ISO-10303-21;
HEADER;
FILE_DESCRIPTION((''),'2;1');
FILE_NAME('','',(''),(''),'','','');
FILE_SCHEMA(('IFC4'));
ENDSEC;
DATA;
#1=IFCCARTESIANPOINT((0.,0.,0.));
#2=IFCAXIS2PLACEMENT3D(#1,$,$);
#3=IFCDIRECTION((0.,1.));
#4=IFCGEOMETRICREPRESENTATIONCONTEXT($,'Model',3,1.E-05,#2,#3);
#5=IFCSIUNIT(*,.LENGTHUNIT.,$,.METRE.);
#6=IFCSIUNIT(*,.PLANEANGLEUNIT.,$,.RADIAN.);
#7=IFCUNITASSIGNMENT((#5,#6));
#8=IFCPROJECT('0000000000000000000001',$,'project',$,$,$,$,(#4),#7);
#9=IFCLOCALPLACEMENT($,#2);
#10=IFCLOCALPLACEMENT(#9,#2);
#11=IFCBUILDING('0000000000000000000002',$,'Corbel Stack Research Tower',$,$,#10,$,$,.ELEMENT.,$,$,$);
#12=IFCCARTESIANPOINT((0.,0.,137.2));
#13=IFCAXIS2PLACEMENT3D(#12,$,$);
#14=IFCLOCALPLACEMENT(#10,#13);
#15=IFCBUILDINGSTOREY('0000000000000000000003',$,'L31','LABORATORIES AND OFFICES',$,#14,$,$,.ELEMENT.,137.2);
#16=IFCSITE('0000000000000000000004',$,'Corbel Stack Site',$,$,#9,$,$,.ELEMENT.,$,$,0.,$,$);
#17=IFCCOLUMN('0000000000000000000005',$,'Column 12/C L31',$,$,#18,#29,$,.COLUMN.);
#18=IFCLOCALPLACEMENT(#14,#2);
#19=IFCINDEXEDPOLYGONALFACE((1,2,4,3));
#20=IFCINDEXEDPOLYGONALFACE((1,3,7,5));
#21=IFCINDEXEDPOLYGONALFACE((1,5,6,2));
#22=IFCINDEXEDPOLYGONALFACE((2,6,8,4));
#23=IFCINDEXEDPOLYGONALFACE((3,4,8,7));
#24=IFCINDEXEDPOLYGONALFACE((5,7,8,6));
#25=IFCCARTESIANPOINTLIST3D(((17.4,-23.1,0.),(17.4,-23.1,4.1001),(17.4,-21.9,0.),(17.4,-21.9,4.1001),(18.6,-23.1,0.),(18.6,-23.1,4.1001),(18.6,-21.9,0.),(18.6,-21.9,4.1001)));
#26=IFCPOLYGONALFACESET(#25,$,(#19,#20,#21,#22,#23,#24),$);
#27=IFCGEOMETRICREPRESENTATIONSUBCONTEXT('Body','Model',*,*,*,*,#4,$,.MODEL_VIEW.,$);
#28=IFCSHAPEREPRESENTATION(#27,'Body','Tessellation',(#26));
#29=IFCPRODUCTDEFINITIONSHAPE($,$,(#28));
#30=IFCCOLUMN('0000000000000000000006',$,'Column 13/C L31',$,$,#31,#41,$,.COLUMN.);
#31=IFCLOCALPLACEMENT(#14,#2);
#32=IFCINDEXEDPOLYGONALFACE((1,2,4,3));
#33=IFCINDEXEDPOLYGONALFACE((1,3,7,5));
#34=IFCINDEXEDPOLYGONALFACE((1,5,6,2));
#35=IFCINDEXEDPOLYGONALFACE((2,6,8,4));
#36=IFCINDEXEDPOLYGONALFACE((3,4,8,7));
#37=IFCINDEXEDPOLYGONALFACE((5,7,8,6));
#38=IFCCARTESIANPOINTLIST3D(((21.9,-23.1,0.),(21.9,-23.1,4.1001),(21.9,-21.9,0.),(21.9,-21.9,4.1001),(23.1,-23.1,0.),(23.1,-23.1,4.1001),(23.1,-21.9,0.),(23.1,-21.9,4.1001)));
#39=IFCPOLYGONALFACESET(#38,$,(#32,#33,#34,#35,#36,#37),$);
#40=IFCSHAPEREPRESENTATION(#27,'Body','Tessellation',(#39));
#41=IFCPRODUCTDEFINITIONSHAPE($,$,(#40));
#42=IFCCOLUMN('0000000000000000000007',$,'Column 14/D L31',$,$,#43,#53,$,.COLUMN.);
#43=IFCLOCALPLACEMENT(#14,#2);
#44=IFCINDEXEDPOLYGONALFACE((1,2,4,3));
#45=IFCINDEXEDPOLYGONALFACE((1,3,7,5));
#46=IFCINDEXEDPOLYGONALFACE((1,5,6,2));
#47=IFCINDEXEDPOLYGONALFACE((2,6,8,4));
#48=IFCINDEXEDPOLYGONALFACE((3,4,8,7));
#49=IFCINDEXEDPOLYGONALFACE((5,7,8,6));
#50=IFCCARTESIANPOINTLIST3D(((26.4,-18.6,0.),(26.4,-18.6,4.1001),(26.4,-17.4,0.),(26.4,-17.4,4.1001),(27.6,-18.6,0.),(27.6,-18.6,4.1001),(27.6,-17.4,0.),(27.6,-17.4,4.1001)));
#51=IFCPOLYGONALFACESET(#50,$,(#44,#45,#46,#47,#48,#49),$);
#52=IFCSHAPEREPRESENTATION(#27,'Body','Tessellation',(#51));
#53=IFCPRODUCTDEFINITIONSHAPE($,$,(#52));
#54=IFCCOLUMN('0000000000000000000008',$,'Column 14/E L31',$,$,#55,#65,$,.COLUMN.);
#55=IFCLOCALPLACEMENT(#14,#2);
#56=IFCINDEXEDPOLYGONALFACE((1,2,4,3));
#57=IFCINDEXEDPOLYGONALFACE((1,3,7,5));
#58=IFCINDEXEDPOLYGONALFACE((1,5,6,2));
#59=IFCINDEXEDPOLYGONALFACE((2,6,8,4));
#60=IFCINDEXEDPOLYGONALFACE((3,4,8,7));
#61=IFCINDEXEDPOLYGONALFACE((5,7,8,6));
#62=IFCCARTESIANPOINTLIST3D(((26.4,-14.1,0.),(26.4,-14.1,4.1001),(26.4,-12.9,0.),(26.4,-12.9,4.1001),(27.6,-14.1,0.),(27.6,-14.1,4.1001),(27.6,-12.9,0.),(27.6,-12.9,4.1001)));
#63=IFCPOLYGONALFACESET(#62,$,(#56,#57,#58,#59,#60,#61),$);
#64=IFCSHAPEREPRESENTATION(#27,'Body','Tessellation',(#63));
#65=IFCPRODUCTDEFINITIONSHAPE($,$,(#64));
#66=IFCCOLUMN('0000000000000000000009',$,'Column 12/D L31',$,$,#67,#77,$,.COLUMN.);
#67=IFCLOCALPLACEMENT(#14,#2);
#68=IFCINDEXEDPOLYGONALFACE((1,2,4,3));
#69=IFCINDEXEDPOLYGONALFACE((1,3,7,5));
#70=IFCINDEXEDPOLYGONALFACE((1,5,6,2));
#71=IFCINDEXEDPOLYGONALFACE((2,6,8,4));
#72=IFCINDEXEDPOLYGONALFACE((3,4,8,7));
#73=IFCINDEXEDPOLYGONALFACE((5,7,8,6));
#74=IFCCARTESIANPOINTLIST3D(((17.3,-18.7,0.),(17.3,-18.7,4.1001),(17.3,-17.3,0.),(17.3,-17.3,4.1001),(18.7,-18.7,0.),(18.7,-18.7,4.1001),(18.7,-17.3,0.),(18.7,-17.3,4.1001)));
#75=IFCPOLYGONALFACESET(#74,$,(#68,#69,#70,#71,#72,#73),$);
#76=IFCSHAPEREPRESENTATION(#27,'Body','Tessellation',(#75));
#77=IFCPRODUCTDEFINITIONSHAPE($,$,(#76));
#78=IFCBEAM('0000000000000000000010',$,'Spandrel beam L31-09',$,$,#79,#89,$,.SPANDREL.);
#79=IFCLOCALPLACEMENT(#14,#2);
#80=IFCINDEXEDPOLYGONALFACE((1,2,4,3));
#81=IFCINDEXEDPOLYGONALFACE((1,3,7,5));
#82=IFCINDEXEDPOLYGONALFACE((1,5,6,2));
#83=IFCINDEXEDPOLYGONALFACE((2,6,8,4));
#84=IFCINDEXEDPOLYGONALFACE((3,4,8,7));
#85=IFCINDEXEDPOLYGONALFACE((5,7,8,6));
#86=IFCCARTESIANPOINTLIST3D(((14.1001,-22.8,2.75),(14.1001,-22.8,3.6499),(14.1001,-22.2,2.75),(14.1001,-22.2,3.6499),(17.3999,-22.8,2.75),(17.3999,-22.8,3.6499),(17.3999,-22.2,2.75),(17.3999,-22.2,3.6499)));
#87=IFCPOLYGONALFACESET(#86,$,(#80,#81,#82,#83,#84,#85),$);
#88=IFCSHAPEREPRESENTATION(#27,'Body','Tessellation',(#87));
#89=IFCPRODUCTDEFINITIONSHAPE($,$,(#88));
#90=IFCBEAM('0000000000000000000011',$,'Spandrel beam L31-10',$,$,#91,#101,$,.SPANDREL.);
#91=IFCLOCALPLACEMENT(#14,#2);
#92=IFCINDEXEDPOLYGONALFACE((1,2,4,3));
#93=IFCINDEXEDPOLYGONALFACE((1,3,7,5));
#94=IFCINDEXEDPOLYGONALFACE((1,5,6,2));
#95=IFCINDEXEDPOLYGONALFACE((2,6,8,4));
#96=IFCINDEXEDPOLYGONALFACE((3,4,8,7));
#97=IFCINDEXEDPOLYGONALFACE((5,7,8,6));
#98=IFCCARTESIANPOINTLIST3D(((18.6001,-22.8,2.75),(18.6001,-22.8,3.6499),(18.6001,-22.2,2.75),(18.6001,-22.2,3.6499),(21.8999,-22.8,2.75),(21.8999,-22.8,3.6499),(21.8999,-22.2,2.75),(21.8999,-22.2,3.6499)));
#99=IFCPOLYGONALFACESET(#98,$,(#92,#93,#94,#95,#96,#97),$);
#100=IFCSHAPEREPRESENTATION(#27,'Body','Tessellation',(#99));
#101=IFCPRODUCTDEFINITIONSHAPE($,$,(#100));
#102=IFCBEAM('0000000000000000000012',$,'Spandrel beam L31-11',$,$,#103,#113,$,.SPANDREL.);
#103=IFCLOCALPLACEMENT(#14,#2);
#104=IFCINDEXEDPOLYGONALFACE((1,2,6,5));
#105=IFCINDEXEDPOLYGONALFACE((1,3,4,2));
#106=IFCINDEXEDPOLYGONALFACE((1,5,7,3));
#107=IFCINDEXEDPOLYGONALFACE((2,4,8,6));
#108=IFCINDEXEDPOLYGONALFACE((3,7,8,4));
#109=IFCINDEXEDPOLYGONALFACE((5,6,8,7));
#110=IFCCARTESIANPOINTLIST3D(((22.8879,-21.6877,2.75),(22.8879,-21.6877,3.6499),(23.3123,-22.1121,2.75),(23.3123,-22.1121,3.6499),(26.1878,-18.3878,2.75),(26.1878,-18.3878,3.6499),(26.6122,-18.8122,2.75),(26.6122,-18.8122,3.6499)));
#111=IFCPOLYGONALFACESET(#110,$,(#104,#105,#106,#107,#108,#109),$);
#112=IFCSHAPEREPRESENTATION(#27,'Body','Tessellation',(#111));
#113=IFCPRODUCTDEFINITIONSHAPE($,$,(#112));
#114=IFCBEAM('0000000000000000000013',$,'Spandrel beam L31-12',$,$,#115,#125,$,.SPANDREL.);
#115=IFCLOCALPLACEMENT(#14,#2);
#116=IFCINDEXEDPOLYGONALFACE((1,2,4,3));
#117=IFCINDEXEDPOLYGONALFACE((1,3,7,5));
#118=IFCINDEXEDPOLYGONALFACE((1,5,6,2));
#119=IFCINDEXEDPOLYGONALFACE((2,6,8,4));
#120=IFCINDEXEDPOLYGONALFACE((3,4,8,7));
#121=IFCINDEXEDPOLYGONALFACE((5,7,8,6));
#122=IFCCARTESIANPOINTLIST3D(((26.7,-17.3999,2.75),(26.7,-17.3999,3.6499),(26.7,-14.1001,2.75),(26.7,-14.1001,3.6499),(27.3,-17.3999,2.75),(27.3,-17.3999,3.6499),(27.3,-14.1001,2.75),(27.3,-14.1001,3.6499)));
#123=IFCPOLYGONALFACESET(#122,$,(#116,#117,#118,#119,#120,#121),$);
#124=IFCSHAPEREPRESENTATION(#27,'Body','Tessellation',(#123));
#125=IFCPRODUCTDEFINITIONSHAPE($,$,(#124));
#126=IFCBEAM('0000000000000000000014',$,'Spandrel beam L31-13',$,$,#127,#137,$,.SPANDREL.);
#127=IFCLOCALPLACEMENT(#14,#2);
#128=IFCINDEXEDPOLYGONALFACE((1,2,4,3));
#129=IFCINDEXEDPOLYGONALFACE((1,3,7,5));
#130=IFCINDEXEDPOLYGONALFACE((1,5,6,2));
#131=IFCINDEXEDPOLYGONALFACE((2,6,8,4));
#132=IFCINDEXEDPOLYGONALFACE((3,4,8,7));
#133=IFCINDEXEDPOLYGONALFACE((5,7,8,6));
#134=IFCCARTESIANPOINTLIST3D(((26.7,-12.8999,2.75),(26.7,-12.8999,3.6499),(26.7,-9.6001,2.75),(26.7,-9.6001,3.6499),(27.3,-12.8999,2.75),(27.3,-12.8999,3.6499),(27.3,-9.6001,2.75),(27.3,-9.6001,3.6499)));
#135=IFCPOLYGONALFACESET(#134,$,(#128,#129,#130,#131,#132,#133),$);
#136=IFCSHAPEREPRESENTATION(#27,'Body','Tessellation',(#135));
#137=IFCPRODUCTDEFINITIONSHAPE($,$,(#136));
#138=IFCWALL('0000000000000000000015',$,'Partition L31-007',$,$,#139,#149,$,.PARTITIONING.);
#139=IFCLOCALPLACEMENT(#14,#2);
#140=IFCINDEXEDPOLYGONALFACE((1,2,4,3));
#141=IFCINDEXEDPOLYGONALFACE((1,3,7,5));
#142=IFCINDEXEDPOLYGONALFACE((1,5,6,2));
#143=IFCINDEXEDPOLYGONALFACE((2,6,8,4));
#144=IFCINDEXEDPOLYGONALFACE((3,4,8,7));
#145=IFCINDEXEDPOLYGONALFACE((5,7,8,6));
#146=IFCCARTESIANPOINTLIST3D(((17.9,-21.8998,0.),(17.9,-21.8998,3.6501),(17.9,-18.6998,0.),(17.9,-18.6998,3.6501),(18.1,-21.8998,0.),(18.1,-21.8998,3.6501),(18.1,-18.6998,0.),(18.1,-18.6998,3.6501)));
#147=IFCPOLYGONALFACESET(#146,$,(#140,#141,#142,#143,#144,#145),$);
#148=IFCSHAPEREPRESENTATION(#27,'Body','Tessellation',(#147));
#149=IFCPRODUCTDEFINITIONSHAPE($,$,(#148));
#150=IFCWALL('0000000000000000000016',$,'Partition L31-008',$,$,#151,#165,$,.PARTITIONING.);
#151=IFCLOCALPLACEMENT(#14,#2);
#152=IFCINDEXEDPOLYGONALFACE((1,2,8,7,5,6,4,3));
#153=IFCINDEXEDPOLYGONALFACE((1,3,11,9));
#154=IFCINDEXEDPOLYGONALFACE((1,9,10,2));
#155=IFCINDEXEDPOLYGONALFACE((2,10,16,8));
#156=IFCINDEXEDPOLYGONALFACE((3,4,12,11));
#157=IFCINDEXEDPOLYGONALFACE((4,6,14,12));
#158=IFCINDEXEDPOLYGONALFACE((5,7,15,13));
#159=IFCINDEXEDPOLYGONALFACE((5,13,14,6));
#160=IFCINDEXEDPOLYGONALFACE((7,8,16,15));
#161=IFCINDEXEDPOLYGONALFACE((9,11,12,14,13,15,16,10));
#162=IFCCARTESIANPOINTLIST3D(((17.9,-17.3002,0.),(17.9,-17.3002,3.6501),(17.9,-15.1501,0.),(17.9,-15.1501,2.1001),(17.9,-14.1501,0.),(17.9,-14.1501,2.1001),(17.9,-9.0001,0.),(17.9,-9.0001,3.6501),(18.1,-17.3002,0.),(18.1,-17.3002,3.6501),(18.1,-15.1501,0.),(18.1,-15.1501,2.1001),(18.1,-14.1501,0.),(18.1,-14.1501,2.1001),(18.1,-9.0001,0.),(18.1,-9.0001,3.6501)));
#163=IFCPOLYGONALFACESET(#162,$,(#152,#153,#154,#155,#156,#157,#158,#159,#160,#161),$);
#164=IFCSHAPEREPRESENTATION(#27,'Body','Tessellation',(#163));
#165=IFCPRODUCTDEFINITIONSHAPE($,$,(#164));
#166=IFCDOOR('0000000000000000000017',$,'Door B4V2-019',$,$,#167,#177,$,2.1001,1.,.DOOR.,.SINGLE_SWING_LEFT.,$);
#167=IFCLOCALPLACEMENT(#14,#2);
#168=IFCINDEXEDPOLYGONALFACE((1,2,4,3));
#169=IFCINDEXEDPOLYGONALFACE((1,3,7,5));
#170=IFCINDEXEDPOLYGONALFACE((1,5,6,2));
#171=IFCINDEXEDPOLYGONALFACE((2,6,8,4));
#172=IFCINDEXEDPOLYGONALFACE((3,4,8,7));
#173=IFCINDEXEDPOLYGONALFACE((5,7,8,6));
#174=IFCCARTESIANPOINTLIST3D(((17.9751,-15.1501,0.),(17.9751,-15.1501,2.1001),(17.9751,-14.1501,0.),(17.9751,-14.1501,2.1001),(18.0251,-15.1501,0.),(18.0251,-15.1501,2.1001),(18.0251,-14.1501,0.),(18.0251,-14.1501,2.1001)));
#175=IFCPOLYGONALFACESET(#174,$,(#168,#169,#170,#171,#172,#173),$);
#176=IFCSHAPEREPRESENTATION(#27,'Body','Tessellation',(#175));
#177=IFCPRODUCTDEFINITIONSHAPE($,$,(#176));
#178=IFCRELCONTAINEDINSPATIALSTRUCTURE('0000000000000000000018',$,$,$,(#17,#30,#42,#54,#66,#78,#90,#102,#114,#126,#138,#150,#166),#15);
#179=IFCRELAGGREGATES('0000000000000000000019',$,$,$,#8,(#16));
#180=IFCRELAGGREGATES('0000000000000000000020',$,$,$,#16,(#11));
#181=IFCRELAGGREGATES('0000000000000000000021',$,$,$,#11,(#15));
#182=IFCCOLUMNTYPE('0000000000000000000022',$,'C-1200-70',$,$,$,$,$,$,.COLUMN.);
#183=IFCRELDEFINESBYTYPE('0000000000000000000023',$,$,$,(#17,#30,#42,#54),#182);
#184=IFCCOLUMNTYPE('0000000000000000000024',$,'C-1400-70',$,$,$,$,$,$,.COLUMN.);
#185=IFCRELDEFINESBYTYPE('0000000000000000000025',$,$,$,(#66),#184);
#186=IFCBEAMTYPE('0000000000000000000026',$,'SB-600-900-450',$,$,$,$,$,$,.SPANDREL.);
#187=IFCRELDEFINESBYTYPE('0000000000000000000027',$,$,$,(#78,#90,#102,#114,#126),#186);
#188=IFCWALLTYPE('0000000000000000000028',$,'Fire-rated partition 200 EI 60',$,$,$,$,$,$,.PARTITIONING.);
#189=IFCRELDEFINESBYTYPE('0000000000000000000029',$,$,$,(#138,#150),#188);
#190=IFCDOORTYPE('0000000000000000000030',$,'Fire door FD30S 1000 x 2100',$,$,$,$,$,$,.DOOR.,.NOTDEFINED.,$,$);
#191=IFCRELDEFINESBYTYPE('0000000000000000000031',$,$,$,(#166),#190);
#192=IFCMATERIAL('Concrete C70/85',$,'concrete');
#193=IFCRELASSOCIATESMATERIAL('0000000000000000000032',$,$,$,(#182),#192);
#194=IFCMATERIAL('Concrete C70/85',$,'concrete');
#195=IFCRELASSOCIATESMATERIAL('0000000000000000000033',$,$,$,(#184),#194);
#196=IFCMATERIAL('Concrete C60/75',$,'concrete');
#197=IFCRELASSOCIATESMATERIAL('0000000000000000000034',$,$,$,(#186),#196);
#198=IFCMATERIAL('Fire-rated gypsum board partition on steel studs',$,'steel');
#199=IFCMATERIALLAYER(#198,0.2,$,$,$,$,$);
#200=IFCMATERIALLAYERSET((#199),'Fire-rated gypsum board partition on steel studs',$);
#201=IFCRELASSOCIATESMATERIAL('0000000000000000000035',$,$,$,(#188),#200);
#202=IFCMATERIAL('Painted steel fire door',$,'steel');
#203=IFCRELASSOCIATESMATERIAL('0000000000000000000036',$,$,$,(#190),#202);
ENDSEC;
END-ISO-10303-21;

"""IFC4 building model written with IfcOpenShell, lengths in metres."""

from ifc_helpers import new_model, si_unit, direction, frame, frame_2d, origin, origin_2d, place, context, subcontext, project, spatial, rectangle, extrude, material, layer, layer_set, material_profile, profile_set, type_object, element, fill, save


model = new_model("IFC4")

# Units and contexts
model_context = context("Model", 3, precision=1e-05, world=origin(), true_north=direction((0.0, 1.0)))
body_context = subcontext(model_context, "Body", "Model", "MODEL_VIEW")
ifc_project = project(units=[si_unit("LENGTHUNIT", "METRE"), si_unit("PLANEANGLEUNIT", "RADIAN")], contexts=[model_context])

# Site, building, storey
site_placement = place(None, origin())
site = spatial("IfcSite", under=ifc_project, at=site_placement, Name="Corbel Stack Site", CompositionType="ELEMENT", RefElevation=0.0)
building_placement = place(site_placement, origin())
building = spatial("IfcBuilding", under=site, at=building_placement, Name="Corbel Stack Research Tower", CompositionType="ELEMENT")
storey_placement = place(building_placement, frame((0.0, 0.0, 137.2)))
storey = spatial("IfcBuildingStorey", under=building, at=storey_placement, Name="L31", Description="LABORATORIES AND OFFICES", CompositionType="ELEMENT", Elevation=137.2)

# Columns
ifc_material_1 = material(Name="Concrete C70/85", Category="concrete")
ifc_material_profile_1 = material_profile(ifc_material_1, rectangle(XDim=1.2, YDim=1.2, at=origin_2d()), Name="RC 1200 x 1200")
ifc_profile_set_1 = profile_set([ifc_material_profile_1], Name="Concrete C70/85")
column_type_1 = type_object("IfcColumnType", Name="C-1200-70", PredefinedType="COLUMN", material=ifc_profile_set_1)
for number, where, z_axis, x_axis, name in (
    (1, (18.0, -22.5, 0.0), (0.0, 0.0, 1.0), (1.0, 0.0, 0.0), "Column 12/C L31"),
    (2, (22.5, -22.5, 0.0), (0.0, 0.0, 1.0), (1.0, 0.0, 0.0), "Column 13/C L31"),
    (3, (27.0, -18.0, 0.0), (0.0, 0.0, 1.0), (1.0, 0.0, 0.0), "Column 14/D L31"),
    (4, (27.0, -13.5, 0.0), (0.0, 0.0, 1.0), (1.0, 0.0, 0.0), "Column 14/E L31"),
):
    element("IfcColumn", number, at=place(storey_placement, frame(where, z_axis=z_axis, x_axis=x_axis)), inside=storey, type_object=column_type_1, Name=name, PredefinedType="COLUMN", context=body_context, shape_type="SweptSolid", body=[
        extrude(rectangle(XDim=1.2, YDim=1.2, at=origin_2d()), origin(), (0.0, 0.0, 1.0), 4.1001),
    ])
ifc_material_2 = material(Name="Concrete C70/85", Category="concrete")
ifc_material_profile_2 = material_profile(ifc_material_2, rectangle(XDim=1.3999, YDim=1.3999, at=origin_2d()), Name="RC 1400 x 1400")
ifc_profile_set_2 = profile_set([ifc_material_profile_2], Name="Concrete C70/85")
column_type_2 = type_object("IfcColumnType", Name="C-1400-70", PredefinedType="COLUMN", material=ifc_profile_set_2)
column_placement = place(storey_placement, frame((18.0, -18.0, 0.0), z_axis=(0.0, 0.0, 1.0), x_axis=(1.0, 0.0, 0.0)))
element("IfcColumn", 5, at=column_placement, inside=storey, type_object=column_type_2, Name="Column 12/D L31", PredefinedType="COLUMN", context=body_context, shape_type="SweptSolid", body=[
    extrude(rectangle(XDim=1.3999, YDim=1.3999, at=origin_2d()), origin(), (0.0, 0.0, 1.0), 4.1001),
])

# Beams
ifc_material_3 = material(Name="Concrete C60/75", Category="concrete")
ifc_material_profile_3 = material_profile(ifc_material_3, rectangle(XDim=0.6001, YDim=0.8999, at=origin_2d()), Name="RC 600 x 900")
ifc_profile_set_3 = profile_set([ifc_material_profile_3], Name="Concrete C60/75")
beam_type = type_object("IfcBeamType", Name="SB-600-900-450", PredefinedType="SPANDREL", material=ifc_profile_set_3)
for number, where, z_axis, x_axis, name in (
    (6, (14.1001, -22.5, 3.2), (1.0, 0.0, 0.0), (0.0, 1.0, 0.0), "Spandrel beam L31-09"),
    (7, (18.6001, -22.5, 3.2), (1.0, 0.0, 0.0), (0.0, 1.0, 0.0), "Spandrel beam L31-10"),
):
    element("IfcBeam", number, at=place(storey_placement, frame(where, z_axis=z_axis, x_axis=x_axis)), inside=storey, type_object=beam_type, Name=name, PredefinedType="SPANDREL", context=body_context, shape_type="SweptSolid", body=[
        extrude(rectangle(XDim=0.6001, YDim=0.8999, at=origin_2d()), origin(), (0.0, 0.0, 1.0), 3.2998),
    ])
beam_placement = place(storey_placement, frame((23.1001, -21.8999, 3.2), z_axis=(0.707107, 0.707107, 0.0), x_axis=(-0.707107, 0.707107, 0.0)))
element("IfcBeam", 8, at=beam_placement, inside=storey, type_object=beam_type, Name="Spandrel beam L31-11", PredefinedType="SPANDREL", context=body_context, shape_type="SweptSolid", body=[
    extrude(rectangle(XDim=0.6001, YDim=0.8999, at=origin_2d()), origin(), (0.0, 0.0, 1.0), 4.6667),
])
for number, where, z_axis, x_axis, name in (
    (9, (27.0, -17.3999, 3.2), (0.0, 1.0, 0.0), (-1.0, 0.0, 0.0), "Spandrel beam L31-12"),
    (10, (27.0, -12.8999, 3.2), (0.0, 1.0, 0.0), (-1.0, 0.0, 0.0), "Spandrel beam L31-13"),
):
    element("IfcBeam", number, at=place(storey_placement, frame(where, z_axis=z_axis, x_axis=x_axis)), inside=storey, type_object=beam_type, Name=name, PredefinedType="SPANDREL", context=body_context, shape_type="SweptSolid", body=[
        extrude(rectangle(XDim=0.6001, YDim=0.8999, at=origin_2d()), origin(), (0.0, 0.0, 1.0), 3.2998),
    ])

# Wall
ifc_material_4 = material(Name="Fire-rated gypsum board partition on steel studs", Category="steel")
ifc_layer_1 = layer(ifc_material_4, 0.2)
ifc_layer_set_1 = layer_set([ifc_layer_1], Name="Fire-rated gypsum board partition on steel studs")
wall_type_1 = type_object("IfcWallType", Name="Fire-rated partition 200 EI 60", PredefinedType="PARTITIONING", material=ifc_layer_set_1)
wall_1_placement = place(storey_placement, frame((18.0, -21.8999, 0.0), z_axis=(0.0, 0.0, 1.0), x_axis=(0.0, 1.0, 0.0)))
element("IfcWall", 11, at=wall_1_placement, inside=storey, type_object=wall_type_1, Name="Partition L31-007", PredefinedType="PARTITIONING", context=body_context, shape_type="SweptSolid", body=[
    extrude(rectangle(XDim=3.2, YDim=0.2, at=frame_2d((1.6001, 0.0))), origin(), (0.0, 0.0, 1.0), 3.6501),
])

# Wall, opening, door
wall_2_placement = place(storey_placement, frame((18.0, -17.3, 0.0), z_axis=(0.0, 0.0, 1.0), x_axis=(0.0, 1.0, 0.0)))
wall_2 = element("IfcWall", 12, at=wall_2_placement, inside=storey, type_object=wall_type_1, Name="Partition L31-008", PredefinedType="PARTITIONING", context=body_context, shape_type="SweptSolid", body=[
    extrude(rectangle(XDim=8.3, YDim=0.2, at=frame_2d((4.1499, 0.0))), origin(), (0.0, 0.0, 1.0), 3.6501),
])
opening_1_placement = place(wall_2_placement, frame((2.1499, 0.0, 0.0)))
opening_1 = element("IfcOpeningElement", 13, at=opening_1_placement, cuts=wall_2, PredefinedType="OPENING", context=body_context, shape_type="SweptSolid", body=[
    extrude(rectangle(XDim=1.0, YDim=2.1001, at=frame_2d((0.5, 1.05))), frame((0.0, 0.1099, 0.0), z_axis=(0.0, -1.0, 0.0), x_axis=(1.0, 0.0, 0.0)), (0.0, 0.0, 1.0), 0.22),
])
ifc_material_5 = material(Name="Painted steel fire door", Category="steel")
door_type_1 = type_object("IfcDoorType", Name="Fire door FD30S 1000 x 2100", OperationType="NOTDEFINED", PredefinedType="DOOR", material=ifc_material_5)
door_1_placement = place(opening_1_placement, origin())
door_1 = element("IfcDoor", 14, at=door_1_placement, inside=storey, type_object=door_type_1, Name="Door B4V2-019", OperationType="SINGLE_SWING_LEFT", OverallHeight=2.1001, OverallWidth=1.0, PredefinedType="DOOR", context=body_context, shape_type="SweptSolid", body=[
    extrude(rectangle(XDim=1.0, YDim=2.1001, at=frame_2d((0.5, 1.05))), frame((0.0, 0.0249, 0.0), z_axis=(0.0, -1.0, 0.0), x_axis=(1.0, 0.0, 0.0)), (0.0, 0.0, 1.0), 0.05),
])
fill(opening_1, door_1)

save(model, "model.ifc")
